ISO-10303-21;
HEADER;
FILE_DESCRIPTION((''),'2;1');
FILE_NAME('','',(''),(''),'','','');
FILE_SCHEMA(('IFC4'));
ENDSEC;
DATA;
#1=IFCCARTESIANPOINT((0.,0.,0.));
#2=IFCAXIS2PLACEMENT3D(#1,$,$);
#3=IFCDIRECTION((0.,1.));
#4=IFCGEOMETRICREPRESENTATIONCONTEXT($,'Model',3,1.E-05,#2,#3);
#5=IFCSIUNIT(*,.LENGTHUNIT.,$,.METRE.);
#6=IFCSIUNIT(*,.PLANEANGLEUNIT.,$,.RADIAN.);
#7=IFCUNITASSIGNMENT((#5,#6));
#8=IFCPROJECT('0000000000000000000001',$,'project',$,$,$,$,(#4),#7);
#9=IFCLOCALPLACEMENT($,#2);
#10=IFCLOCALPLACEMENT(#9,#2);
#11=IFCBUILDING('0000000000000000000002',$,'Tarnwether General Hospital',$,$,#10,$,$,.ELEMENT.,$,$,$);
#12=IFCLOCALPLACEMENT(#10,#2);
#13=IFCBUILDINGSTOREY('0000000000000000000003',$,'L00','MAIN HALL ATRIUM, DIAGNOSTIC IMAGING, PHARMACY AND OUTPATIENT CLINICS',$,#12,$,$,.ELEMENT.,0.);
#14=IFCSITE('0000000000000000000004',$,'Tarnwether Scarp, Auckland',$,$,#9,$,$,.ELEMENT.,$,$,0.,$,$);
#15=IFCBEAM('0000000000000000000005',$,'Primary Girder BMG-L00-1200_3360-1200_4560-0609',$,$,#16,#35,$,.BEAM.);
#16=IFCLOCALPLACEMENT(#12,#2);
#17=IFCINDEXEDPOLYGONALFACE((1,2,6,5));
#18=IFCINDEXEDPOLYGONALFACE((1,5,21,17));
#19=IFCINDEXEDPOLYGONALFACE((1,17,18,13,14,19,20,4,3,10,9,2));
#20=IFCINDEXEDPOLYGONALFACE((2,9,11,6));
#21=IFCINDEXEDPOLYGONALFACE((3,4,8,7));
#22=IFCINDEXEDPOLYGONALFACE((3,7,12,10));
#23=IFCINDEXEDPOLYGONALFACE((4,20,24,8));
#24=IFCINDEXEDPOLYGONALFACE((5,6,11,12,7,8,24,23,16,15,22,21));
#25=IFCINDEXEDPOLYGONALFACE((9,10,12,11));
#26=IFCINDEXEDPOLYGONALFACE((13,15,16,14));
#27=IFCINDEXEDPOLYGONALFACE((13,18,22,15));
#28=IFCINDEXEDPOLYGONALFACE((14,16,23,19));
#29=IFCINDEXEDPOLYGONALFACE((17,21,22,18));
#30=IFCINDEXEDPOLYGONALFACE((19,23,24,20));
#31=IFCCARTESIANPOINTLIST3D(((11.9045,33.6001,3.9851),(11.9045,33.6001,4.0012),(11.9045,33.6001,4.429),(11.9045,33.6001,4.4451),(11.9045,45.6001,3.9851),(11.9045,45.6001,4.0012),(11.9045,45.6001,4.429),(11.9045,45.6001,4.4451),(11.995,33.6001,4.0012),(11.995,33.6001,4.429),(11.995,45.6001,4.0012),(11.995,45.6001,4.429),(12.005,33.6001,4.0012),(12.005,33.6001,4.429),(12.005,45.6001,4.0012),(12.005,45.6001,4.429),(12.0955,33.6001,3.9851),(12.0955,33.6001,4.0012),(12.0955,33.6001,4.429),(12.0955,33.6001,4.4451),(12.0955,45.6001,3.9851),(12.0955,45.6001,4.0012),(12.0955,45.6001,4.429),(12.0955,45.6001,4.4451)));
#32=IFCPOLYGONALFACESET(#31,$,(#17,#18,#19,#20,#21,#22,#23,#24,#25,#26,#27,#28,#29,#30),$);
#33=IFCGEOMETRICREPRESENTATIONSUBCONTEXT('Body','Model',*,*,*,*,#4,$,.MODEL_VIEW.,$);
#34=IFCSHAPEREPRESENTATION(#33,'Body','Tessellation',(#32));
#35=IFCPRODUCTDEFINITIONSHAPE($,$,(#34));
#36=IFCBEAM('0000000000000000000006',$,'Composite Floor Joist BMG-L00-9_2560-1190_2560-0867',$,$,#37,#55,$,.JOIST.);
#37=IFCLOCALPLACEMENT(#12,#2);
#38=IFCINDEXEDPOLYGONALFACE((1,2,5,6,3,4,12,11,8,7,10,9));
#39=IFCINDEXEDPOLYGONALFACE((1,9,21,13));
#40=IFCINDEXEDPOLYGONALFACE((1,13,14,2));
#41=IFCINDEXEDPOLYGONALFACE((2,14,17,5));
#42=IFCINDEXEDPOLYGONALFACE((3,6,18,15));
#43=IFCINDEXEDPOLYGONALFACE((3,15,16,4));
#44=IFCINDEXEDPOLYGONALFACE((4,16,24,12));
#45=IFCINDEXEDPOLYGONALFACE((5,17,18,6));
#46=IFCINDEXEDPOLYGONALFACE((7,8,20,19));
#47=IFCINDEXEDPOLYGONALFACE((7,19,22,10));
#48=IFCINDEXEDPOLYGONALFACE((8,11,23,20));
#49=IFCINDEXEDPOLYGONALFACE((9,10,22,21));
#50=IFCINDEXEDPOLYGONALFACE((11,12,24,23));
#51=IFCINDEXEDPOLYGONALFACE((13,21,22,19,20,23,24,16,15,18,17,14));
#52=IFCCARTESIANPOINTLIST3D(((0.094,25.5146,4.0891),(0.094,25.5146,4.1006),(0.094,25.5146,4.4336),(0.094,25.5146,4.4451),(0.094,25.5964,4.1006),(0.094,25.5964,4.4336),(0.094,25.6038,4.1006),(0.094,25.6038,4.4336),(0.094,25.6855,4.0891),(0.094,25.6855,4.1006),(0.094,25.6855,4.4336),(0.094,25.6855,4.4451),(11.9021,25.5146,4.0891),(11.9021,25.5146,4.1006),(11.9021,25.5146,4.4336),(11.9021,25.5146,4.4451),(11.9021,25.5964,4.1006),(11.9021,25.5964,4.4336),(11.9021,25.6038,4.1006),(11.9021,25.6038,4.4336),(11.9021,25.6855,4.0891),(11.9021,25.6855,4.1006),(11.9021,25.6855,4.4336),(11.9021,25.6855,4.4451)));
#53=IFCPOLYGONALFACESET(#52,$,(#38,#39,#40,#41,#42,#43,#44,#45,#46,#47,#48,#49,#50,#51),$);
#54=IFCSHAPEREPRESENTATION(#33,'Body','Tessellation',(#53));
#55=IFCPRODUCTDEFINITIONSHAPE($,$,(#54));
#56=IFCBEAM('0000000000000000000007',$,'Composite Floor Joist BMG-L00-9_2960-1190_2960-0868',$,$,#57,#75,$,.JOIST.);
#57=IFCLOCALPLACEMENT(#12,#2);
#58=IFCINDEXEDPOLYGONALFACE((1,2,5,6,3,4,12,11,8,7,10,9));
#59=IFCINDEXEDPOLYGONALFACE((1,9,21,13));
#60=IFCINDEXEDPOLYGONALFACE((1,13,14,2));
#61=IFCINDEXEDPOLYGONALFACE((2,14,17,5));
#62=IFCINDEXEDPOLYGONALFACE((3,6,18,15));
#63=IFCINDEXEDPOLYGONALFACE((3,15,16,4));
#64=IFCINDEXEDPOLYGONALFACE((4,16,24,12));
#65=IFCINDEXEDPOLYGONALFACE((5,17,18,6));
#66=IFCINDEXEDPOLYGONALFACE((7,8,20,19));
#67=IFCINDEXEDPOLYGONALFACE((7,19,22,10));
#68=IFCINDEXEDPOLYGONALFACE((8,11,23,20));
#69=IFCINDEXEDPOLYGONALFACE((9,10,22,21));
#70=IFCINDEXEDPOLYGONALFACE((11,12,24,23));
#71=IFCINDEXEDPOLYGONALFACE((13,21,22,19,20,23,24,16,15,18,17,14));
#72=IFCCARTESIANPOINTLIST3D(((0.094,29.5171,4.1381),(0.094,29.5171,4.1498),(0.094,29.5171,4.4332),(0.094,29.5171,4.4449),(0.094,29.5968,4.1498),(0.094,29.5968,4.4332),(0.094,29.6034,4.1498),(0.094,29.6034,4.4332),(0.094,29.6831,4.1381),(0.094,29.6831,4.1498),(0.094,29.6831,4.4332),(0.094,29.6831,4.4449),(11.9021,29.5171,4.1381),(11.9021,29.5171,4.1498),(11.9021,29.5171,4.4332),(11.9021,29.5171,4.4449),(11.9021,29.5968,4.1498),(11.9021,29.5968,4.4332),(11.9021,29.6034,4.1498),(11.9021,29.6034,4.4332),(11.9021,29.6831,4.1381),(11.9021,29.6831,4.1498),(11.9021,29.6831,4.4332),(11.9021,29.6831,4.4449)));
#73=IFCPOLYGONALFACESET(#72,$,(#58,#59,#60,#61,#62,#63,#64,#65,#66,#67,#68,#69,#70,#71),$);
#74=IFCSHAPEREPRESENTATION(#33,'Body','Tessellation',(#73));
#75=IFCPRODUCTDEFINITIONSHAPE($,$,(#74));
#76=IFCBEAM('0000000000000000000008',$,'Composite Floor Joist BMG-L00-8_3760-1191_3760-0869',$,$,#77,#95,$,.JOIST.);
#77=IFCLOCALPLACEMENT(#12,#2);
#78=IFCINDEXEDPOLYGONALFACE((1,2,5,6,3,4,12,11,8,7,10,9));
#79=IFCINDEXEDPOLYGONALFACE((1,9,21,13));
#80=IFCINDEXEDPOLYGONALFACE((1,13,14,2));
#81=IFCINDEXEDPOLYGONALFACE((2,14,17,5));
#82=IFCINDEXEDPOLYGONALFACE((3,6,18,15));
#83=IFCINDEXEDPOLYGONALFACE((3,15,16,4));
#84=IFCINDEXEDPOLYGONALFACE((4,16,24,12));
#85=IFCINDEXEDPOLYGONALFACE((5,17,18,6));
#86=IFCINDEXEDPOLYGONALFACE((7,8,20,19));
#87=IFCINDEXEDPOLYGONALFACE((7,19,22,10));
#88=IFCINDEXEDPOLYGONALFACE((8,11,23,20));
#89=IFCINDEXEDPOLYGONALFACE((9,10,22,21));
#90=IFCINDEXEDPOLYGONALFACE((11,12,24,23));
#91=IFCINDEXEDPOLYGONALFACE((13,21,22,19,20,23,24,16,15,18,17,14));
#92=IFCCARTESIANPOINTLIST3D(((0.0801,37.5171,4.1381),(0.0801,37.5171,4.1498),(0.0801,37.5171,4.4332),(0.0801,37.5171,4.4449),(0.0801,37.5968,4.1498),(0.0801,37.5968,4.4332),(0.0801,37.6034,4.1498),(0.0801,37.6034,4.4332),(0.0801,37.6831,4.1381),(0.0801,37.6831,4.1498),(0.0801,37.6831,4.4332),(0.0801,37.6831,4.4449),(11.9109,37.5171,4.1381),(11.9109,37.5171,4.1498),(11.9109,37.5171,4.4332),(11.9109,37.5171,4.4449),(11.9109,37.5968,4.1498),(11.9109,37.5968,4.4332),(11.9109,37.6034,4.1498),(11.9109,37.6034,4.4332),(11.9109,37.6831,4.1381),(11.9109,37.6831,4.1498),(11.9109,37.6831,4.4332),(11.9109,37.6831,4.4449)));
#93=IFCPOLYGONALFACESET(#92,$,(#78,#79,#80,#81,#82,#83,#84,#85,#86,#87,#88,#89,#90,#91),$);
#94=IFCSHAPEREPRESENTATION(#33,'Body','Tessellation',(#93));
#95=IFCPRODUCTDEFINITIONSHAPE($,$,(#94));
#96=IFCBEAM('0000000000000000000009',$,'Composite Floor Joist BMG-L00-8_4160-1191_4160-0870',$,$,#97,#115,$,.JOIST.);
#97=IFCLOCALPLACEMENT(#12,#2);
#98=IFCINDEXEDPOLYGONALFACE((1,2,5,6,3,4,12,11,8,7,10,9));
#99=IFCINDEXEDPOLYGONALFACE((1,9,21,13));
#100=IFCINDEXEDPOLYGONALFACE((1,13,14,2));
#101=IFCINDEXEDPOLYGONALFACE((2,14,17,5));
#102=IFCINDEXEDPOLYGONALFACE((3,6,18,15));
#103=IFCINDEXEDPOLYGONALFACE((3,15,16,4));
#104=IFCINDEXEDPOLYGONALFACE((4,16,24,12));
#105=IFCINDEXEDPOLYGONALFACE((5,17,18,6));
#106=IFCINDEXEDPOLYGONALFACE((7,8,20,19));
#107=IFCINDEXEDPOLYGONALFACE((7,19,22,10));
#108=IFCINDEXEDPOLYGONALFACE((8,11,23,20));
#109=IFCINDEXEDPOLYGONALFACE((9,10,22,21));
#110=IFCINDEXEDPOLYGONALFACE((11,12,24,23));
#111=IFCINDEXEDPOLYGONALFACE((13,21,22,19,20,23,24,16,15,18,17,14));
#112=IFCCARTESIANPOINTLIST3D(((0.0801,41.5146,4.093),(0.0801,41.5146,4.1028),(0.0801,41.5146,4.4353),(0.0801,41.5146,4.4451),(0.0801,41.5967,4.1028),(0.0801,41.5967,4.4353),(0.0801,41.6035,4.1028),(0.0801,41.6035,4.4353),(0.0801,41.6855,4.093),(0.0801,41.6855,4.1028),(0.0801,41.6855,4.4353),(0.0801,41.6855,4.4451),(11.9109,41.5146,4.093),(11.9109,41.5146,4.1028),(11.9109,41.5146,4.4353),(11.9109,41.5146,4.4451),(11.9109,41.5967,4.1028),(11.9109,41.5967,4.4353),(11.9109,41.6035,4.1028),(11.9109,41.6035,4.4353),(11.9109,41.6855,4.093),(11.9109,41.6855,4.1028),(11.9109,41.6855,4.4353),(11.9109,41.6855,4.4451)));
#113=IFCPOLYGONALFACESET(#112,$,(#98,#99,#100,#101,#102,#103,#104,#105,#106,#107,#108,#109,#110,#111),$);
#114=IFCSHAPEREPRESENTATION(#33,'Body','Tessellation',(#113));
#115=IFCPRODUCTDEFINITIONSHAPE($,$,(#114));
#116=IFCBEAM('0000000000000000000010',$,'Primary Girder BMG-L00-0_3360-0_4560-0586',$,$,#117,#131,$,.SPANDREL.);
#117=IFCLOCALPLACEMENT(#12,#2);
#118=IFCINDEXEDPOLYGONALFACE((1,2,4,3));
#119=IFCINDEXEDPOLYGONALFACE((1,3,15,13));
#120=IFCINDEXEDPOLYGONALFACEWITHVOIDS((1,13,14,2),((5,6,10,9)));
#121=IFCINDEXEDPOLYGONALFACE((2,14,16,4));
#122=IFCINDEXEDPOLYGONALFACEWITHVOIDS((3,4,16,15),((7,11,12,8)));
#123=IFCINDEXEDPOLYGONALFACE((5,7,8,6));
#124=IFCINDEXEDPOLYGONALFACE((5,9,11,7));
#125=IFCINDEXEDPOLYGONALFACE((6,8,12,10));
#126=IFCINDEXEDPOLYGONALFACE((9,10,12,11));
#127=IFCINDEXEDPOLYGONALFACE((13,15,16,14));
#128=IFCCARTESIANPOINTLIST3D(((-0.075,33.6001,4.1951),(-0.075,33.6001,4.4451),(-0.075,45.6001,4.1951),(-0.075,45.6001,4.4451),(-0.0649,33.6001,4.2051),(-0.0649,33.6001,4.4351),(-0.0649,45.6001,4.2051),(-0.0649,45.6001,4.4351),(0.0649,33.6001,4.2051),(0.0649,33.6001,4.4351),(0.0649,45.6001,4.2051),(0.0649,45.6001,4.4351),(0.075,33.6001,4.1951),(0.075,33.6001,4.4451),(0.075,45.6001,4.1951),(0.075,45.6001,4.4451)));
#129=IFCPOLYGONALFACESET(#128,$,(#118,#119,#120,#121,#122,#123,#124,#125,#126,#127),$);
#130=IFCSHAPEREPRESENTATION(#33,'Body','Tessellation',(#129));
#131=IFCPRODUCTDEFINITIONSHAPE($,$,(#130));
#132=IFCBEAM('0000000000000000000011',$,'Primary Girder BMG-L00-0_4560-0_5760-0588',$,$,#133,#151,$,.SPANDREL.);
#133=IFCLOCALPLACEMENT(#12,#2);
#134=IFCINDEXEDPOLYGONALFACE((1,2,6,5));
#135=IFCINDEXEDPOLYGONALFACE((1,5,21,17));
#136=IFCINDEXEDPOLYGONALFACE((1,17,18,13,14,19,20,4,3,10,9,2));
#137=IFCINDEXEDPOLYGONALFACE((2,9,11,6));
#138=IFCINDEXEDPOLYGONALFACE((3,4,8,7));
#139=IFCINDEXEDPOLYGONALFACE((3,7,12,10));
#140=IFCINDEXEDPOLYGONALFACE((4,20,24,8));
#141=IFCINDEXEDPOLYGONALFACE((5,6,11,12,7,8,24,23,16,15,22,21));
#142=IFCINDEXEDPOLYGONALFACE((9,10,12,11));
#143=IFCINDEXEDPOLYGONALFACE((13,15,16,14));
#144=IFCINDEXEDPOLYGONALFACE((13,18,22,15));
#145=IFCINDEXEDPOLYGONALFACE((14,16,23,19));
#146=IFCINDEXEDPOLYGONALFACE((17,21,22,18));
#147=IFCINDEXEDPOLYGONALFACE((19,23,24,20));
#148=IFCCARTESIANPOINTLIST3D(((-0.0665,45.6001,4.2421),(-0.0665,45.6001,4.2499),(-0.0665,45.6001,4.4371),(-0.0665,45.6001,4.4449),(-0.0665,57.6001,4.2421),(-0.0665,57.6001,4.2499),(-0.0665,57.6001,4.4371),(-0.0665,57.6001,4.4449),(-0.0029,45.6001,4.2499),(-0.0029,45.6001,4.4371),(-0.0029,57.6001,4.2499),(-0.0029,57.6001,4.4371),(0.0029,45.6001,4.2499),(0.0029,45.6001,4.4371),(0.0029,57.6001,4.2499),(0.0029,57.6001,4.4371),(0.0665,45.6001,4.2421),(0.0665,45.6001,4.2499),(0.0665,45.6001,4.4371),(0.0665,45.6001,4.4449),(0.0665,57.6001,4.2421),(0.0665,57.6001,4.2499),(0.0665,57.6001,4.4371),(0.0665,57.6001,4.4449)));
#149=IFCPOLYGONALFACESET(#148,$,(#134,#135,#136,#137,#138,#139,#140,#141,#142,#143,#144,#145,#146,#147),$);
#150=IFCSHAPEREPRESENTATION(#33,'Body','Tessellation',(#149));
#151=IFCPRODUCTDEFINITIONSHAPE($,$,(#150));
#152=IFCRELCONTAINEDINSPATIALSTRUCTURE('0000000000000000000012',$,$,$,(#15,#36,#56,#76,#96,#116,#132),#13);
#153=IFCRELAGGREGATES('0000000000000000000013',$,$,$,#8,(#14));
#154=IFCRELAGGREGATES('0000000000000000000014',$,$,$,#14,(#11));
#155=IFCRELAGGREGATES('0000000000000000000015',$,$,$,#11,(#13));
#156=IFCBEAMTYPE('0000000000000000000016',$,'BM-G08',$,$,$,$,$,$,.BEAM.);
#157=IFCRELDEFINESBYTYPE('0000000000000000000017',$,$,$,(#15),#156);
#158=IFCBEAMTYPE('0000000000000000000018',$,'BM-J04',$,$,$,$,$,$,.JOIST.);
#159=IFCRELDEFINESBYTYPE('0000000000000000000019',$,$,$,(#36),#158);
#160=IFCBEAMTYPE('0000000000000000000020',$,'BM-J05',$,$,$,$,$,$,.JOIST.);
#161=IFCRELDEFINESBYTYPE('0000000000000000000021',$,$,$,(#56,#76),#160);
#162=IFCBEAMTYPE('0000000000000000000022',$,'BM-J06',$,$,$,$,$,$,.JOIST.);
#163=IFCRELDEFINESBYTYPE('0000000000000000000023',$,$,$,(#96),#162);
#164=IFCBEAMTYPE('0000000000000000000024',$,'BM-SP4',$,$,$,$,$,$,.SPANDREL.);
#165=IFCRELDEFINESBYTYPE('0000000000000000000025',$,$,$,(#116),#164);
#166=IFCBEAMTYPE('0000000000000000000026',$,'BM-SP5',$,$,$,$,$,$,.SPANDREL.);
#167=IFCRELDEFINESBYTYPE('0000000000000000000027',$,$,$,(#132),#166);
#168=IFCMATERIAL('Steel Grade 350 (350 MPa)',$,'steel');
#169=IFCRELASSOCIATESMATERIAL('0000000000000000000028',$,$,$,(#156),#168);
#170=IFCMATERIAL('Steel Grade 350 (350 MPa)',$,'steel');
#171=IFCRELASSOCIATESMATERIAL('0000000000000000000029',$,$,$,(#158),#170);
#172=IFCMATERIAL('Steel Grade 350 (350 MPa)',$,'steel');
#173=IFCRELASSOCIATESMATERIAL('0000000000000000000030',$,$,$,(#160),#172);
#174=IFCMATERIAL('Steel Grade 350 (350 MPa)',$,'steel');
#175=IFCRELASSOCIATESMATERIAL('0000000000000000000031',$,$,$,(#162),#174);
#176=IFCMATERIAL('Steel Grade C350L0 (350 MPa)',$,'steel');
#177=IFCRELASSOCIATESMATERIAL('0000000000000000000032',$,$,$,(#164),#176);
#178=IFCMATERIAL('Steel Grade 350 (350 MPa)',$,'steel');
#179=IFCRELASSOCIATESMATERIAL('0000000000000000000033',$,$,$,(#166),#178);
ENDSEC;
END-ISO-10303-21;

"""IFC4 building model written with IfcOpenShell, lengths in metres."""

from ifc_helpers import new_model, si_unit, direction, frame, origin, origin_2d, place, context, subcontext, project, spatial, hollow_rectangle, i_section, extrude, material, material_profile, profile_set, type_object, element, save


model = new_model("IFC4")

# Units and contexts
model_context = context("Model", 3, precision=1e-05, world=origin(), true_north=direction((0.0, 1.0)))
body_context = subcontext(model_context, "Body", "Model", "MODEL_VIEW")
ifc_project = project(units=[si_unit("LENGTHUNIT", "METRE"), si_unit("PLANEANGLEUNIT", "RADIAN")], contexts=[model_context])

# Site, building, storey
site_placement = place(None, origin())
site = spatial("IfcSite", under=ifc_project, at=site_placement, Name="Tarnwether Scarp, Auckland", CompositionType="ELEMENT", RefElevation=0.0)
building_placement = place(site_placement, origin())
building = spatial("IfcBuilding", under=site, at=building_placement, Name="Tarnwether General Hospital", CompositionType="ELEMENT")
storey_placement = place(building_placement, origin())
storey = spatial("IfcBuildingStorey", under=building, at=storey_placement, Name="L00", Description="MAIN HALL ATRIUM, DIAGNOSTIC IMAGING, PHARMACY AND OUTPATIENT CLINICS", CompositionType="ELEMENT", Elevation=0.0)

# Beams
ifc_material_1 = material(Name="Steel Grade 350 (350 MPa)", Category="steel")
ifc_material_profile_1 = material_profile(ifc_material_1, i_section(OverallWidth=0.1909, OverallDepth=0.46, WebThickness=0.01, FlangeThickness=0.0161, at=origin_2d()), Name="460UB82.1")
ifc_profile_set_1 = profile_set([ifc_material_profile_1], Name="Steel Grade 350 (350 MPa)")
beam_type_1 = type_object("IfcBeamType", Name="BM-G08", PredefinedType="BEAM", material=ifc_profile_set_1)
beam_1_placement = place(storey_placement, frame((12.0, 33.6001, 4.2151), z_axis=(0.0, 1.0, 0.0), x_axis=(-1.0, 0.0, 0.0)))
element("IfcBeam", 1, at=beam_1_placement, inside=storey, type_object=beam_type_1, Name="Primary Girder BMG-L00-1200_3360-1200_4560-0609", PredefinedType="BEAM", context=body_context, shape_type="SweptSolid", body=[
    extrude(i_section(OverallWidth=0.1909, OverallDepth=0.46, WebThickness=0.01, FlangeThickness=0.0161, at=origin_2d()), origin(), (0.0, 0.0, 1.0), 12.0),
])
ifc_material_2 = material(Name="Steel Grade 350 (350 MPa)", Category="steel")
ifc_material_profile_2 = material_profile(ifc_material_2, i_section(OverallWidth=0.1709, OverallDepth=0.356, WebThickness=0.0073, FlangeThickness=0.0115, at=origin_2d()), Name="360UB50.7")
ifc_profile_set_2 = profile_set([ifc_material_profile_2], Name="Steel Grade 350 (350 MPa)")
beam_type_2 = type_object("IfcBeamType", Name="BM-J04", PredefinedType="JOIST", material=ifc_profile_set_2)
beam_2_placement = place(storey_placement, frame((0.094, 25.6001, 4.2671), z_axis=(1.0, 0.0, 0.0), x_axis=(0.0, 1.0, 0.0)))
element("IfcBeam", 2, at=beam_2_placement, inside=storey, type_object=beam_type_2, Name="Composite Floor Joist BMG-L00-9_2560-1190_2560-0867", PredefinedType="JOIST", context=body_context, shape_type="SweptSolid", body=[
    extrude(i_section(OverallWidth=0.1709, OverallDepth=0.356, WebThickness=0.0073, FlangeThickness=0.0115, at=origin_2d()), origin(), (0.0, 0.0, 1.0), 11.8081),
])
ifc_material_3 = material(Name="Steel Grade 350 (350 MPa)", Category="steel")
ifc_material_profile_3 = material_profile(ifc_material_3, i_section(OverallWidth=0.166, OverallDepth=0.3069, WebThickness=0.0066, FlangeThickness=0.0117, at=origin_2d()), Name="310UB46.2")
ifc_profile_set_3 = profile_set([ifc_material_profile_3], Name="Steel Grade 350 (350 MPa)")
beam_type_3 = type_object("IfcBeamType", Name="BM-J05", PredefinedType="JOIST", material=ifc_profile_set_3)
beam_3_placement = place(storey_placement, frame((0.094, 29.6001, 4.2915), z_axis=(1.0, 0.0, 0.0), x_axis=(0.0, 1.0, 0.0)))
element("IfcBeam", 3, at=beam_3_placement, inside=storey, type_object=beam_type_3, Name="Composite Floor Joist BMG-L00-9_2960-1190_2960-0868", PredefinedType="JOIST", context=body_context, shape_type="SweptSolid", body=[
    extrude(i_section(OverallWidth=0.166, OverallDepth=0.3069, WebThickness=0.0066, FlangeThickness=0.0117, at=origin_2d()), origin(), (0.0, 0.0, 1.0), 11.8081),
])
beam_4_placement = place(storey_placement, frame((0.0801, 37.6001, 4.2915), z_axis=(1.0, 0.0, 0.0), x_axis=(0.0, 1.0, 0.0)))
element("IfcBeam", 4, at=beam_4_placement, inside=storey, type_object=beam_type_3, Name="Composite Floor Joist BMG-L00-8_3760-1191_3760-0869", PredefinedType="JOIST", context=body_context, shape_type="SweptSolid", body=[
    extrude(i_section(OverallWidth=0.166, OverallDepth=0.3069, WebThickness=0.0066, FlangeThickness=0.0117, at=origin_2d()), origin(), (0.0, 0.0, 1.0), 11.8308),
])
ifc_material_4 = material(Name="Steel Grade 350 (350 MPa)", Category="steel")
ifc_material_profile_4 = material_profile(ifc_material_4, i_section(OverallWidth=0.1709, OverallDepth=0.3521, WebThickness=0.0068, FlangeThickness=0.0098, at=origin_2d()), Name="360UB44.7")
ifc_profile_set_4 = profile_set([ifc_material_profile_4], Name="Steel Grade 350 (350 MPa)")
beam_type_4 = type_object("IfcBeamType", Name="BM-J06", PredefinedType="JOIST", material=ifc_profile_set_4)
beam_5_placement = place(storey_placement, frame((0.0801, 41.6001, 4.269), z_axis=(1.0, 0.0, 0.0), x_axis=(0.0, 1.0, 0.0)))
element("IfcBeam", 5, at=beam_5_placement, inside=storey, type_object=beam_type_4, Name="Composite Floor Joist BMG-L00-8_4160-1191_4160-0870", PredefinedType="JOIST", context=body_context, shape_type="SweptSolid", body=[
    extrude(i_section(OverallWidth=0.1709, OverallDepth=0.3521, WebThickness=0.0068, FlangeThickness=0.0098, at=origin_2d()), origin(), (0.0, 0.0, 1.0), 11.8308),
])
ifc_material_5 = material(Name="Steel Grade C350L0 (350 MPa)", Category="steel")
ifc_material_profile_5 = material_profile(ifc_material_5, hollow_rectangle(XDim=0.1499, YDim=0.25, WallThickness=0.01, at=origin_2d()), Name="RHS250x150x10")
ifc_profile_set_5 = profile_set([ifc_material_profile_5], Name="Steel Grade C350L0 (350 MPa)")
beam_type_5 = type_object("IfcBeamType", Name="BM-SP4", PredefinedType="SPANDREL", material=ifc_profile_set_5)
beam_6_placement = place(storey_placement, frame((0.0, 33.6001, 4.3201), z_axis=(0.0, 1.0, 0.0), x_axis=(-1.0, 0.0, 0.0)))
element("IfcBeam", 6, at=beam_6_placement, inside=storey, type_object=beam_type_5, Name="Primary Girder BMG-L00-0_3360-0_4560-0586", PredefinedType="SPANDREL", context=body_context, shape_type="SweptSolid", body=[
    extrude(hollow_rectangle(XDim=0.1499, YDim=0.25, WallThickness=0.01, at=origin_2d()), origin(), (0.0, 0.0, 1.0), 12.0),
])
ifc_material_6 = material(Name="Steel Grade 350 (350 MPa)", Category="steel")
ifc_material_profile_6 = material_profile(ifc_material_6, i_section(OverallWidth=0.1331, OverallDepth=0.2029, WebThickness=0.0059, FlangeThickness=0.0078, at=origin_2d()), Name="200UB25.4")
ifc_profile_set_6 = profile_set([ifc_material_profile_6], Name="Steel Grade 350 (350 MPa)")
beam_type_6 = type_object("IfcBeamType", Name="BM-SP5", PredefinedType="SPANDREL", material=ifc_profile_set_6)
beam_7_placement = place(storey_placement, frame((0.0, 45.6001, 4.3435), z_axis=(0.0, 1.0, 0.0), x_axis=(-1.0, 0.0, 0.0)))
element("IfcBeam", 7, at=beam_7_placement, inside=storey, type_object=beam_type_6, Name="Primary Girder BMG-L00-0_4560-0_5760-0588", PredefinedType="SPANDREL", context=body_context, shape_type="SweptSolid", body=[
    extrude(i_section(OverallWidth=0.1331, OverallDepth=0.2029, WebThickness=0.0059, FlangeThickness=0.0078, at=origin_2d()), origin(), (0.0, 0.0, 1.0), 12.0),
])

save(model, "model.ifc")
